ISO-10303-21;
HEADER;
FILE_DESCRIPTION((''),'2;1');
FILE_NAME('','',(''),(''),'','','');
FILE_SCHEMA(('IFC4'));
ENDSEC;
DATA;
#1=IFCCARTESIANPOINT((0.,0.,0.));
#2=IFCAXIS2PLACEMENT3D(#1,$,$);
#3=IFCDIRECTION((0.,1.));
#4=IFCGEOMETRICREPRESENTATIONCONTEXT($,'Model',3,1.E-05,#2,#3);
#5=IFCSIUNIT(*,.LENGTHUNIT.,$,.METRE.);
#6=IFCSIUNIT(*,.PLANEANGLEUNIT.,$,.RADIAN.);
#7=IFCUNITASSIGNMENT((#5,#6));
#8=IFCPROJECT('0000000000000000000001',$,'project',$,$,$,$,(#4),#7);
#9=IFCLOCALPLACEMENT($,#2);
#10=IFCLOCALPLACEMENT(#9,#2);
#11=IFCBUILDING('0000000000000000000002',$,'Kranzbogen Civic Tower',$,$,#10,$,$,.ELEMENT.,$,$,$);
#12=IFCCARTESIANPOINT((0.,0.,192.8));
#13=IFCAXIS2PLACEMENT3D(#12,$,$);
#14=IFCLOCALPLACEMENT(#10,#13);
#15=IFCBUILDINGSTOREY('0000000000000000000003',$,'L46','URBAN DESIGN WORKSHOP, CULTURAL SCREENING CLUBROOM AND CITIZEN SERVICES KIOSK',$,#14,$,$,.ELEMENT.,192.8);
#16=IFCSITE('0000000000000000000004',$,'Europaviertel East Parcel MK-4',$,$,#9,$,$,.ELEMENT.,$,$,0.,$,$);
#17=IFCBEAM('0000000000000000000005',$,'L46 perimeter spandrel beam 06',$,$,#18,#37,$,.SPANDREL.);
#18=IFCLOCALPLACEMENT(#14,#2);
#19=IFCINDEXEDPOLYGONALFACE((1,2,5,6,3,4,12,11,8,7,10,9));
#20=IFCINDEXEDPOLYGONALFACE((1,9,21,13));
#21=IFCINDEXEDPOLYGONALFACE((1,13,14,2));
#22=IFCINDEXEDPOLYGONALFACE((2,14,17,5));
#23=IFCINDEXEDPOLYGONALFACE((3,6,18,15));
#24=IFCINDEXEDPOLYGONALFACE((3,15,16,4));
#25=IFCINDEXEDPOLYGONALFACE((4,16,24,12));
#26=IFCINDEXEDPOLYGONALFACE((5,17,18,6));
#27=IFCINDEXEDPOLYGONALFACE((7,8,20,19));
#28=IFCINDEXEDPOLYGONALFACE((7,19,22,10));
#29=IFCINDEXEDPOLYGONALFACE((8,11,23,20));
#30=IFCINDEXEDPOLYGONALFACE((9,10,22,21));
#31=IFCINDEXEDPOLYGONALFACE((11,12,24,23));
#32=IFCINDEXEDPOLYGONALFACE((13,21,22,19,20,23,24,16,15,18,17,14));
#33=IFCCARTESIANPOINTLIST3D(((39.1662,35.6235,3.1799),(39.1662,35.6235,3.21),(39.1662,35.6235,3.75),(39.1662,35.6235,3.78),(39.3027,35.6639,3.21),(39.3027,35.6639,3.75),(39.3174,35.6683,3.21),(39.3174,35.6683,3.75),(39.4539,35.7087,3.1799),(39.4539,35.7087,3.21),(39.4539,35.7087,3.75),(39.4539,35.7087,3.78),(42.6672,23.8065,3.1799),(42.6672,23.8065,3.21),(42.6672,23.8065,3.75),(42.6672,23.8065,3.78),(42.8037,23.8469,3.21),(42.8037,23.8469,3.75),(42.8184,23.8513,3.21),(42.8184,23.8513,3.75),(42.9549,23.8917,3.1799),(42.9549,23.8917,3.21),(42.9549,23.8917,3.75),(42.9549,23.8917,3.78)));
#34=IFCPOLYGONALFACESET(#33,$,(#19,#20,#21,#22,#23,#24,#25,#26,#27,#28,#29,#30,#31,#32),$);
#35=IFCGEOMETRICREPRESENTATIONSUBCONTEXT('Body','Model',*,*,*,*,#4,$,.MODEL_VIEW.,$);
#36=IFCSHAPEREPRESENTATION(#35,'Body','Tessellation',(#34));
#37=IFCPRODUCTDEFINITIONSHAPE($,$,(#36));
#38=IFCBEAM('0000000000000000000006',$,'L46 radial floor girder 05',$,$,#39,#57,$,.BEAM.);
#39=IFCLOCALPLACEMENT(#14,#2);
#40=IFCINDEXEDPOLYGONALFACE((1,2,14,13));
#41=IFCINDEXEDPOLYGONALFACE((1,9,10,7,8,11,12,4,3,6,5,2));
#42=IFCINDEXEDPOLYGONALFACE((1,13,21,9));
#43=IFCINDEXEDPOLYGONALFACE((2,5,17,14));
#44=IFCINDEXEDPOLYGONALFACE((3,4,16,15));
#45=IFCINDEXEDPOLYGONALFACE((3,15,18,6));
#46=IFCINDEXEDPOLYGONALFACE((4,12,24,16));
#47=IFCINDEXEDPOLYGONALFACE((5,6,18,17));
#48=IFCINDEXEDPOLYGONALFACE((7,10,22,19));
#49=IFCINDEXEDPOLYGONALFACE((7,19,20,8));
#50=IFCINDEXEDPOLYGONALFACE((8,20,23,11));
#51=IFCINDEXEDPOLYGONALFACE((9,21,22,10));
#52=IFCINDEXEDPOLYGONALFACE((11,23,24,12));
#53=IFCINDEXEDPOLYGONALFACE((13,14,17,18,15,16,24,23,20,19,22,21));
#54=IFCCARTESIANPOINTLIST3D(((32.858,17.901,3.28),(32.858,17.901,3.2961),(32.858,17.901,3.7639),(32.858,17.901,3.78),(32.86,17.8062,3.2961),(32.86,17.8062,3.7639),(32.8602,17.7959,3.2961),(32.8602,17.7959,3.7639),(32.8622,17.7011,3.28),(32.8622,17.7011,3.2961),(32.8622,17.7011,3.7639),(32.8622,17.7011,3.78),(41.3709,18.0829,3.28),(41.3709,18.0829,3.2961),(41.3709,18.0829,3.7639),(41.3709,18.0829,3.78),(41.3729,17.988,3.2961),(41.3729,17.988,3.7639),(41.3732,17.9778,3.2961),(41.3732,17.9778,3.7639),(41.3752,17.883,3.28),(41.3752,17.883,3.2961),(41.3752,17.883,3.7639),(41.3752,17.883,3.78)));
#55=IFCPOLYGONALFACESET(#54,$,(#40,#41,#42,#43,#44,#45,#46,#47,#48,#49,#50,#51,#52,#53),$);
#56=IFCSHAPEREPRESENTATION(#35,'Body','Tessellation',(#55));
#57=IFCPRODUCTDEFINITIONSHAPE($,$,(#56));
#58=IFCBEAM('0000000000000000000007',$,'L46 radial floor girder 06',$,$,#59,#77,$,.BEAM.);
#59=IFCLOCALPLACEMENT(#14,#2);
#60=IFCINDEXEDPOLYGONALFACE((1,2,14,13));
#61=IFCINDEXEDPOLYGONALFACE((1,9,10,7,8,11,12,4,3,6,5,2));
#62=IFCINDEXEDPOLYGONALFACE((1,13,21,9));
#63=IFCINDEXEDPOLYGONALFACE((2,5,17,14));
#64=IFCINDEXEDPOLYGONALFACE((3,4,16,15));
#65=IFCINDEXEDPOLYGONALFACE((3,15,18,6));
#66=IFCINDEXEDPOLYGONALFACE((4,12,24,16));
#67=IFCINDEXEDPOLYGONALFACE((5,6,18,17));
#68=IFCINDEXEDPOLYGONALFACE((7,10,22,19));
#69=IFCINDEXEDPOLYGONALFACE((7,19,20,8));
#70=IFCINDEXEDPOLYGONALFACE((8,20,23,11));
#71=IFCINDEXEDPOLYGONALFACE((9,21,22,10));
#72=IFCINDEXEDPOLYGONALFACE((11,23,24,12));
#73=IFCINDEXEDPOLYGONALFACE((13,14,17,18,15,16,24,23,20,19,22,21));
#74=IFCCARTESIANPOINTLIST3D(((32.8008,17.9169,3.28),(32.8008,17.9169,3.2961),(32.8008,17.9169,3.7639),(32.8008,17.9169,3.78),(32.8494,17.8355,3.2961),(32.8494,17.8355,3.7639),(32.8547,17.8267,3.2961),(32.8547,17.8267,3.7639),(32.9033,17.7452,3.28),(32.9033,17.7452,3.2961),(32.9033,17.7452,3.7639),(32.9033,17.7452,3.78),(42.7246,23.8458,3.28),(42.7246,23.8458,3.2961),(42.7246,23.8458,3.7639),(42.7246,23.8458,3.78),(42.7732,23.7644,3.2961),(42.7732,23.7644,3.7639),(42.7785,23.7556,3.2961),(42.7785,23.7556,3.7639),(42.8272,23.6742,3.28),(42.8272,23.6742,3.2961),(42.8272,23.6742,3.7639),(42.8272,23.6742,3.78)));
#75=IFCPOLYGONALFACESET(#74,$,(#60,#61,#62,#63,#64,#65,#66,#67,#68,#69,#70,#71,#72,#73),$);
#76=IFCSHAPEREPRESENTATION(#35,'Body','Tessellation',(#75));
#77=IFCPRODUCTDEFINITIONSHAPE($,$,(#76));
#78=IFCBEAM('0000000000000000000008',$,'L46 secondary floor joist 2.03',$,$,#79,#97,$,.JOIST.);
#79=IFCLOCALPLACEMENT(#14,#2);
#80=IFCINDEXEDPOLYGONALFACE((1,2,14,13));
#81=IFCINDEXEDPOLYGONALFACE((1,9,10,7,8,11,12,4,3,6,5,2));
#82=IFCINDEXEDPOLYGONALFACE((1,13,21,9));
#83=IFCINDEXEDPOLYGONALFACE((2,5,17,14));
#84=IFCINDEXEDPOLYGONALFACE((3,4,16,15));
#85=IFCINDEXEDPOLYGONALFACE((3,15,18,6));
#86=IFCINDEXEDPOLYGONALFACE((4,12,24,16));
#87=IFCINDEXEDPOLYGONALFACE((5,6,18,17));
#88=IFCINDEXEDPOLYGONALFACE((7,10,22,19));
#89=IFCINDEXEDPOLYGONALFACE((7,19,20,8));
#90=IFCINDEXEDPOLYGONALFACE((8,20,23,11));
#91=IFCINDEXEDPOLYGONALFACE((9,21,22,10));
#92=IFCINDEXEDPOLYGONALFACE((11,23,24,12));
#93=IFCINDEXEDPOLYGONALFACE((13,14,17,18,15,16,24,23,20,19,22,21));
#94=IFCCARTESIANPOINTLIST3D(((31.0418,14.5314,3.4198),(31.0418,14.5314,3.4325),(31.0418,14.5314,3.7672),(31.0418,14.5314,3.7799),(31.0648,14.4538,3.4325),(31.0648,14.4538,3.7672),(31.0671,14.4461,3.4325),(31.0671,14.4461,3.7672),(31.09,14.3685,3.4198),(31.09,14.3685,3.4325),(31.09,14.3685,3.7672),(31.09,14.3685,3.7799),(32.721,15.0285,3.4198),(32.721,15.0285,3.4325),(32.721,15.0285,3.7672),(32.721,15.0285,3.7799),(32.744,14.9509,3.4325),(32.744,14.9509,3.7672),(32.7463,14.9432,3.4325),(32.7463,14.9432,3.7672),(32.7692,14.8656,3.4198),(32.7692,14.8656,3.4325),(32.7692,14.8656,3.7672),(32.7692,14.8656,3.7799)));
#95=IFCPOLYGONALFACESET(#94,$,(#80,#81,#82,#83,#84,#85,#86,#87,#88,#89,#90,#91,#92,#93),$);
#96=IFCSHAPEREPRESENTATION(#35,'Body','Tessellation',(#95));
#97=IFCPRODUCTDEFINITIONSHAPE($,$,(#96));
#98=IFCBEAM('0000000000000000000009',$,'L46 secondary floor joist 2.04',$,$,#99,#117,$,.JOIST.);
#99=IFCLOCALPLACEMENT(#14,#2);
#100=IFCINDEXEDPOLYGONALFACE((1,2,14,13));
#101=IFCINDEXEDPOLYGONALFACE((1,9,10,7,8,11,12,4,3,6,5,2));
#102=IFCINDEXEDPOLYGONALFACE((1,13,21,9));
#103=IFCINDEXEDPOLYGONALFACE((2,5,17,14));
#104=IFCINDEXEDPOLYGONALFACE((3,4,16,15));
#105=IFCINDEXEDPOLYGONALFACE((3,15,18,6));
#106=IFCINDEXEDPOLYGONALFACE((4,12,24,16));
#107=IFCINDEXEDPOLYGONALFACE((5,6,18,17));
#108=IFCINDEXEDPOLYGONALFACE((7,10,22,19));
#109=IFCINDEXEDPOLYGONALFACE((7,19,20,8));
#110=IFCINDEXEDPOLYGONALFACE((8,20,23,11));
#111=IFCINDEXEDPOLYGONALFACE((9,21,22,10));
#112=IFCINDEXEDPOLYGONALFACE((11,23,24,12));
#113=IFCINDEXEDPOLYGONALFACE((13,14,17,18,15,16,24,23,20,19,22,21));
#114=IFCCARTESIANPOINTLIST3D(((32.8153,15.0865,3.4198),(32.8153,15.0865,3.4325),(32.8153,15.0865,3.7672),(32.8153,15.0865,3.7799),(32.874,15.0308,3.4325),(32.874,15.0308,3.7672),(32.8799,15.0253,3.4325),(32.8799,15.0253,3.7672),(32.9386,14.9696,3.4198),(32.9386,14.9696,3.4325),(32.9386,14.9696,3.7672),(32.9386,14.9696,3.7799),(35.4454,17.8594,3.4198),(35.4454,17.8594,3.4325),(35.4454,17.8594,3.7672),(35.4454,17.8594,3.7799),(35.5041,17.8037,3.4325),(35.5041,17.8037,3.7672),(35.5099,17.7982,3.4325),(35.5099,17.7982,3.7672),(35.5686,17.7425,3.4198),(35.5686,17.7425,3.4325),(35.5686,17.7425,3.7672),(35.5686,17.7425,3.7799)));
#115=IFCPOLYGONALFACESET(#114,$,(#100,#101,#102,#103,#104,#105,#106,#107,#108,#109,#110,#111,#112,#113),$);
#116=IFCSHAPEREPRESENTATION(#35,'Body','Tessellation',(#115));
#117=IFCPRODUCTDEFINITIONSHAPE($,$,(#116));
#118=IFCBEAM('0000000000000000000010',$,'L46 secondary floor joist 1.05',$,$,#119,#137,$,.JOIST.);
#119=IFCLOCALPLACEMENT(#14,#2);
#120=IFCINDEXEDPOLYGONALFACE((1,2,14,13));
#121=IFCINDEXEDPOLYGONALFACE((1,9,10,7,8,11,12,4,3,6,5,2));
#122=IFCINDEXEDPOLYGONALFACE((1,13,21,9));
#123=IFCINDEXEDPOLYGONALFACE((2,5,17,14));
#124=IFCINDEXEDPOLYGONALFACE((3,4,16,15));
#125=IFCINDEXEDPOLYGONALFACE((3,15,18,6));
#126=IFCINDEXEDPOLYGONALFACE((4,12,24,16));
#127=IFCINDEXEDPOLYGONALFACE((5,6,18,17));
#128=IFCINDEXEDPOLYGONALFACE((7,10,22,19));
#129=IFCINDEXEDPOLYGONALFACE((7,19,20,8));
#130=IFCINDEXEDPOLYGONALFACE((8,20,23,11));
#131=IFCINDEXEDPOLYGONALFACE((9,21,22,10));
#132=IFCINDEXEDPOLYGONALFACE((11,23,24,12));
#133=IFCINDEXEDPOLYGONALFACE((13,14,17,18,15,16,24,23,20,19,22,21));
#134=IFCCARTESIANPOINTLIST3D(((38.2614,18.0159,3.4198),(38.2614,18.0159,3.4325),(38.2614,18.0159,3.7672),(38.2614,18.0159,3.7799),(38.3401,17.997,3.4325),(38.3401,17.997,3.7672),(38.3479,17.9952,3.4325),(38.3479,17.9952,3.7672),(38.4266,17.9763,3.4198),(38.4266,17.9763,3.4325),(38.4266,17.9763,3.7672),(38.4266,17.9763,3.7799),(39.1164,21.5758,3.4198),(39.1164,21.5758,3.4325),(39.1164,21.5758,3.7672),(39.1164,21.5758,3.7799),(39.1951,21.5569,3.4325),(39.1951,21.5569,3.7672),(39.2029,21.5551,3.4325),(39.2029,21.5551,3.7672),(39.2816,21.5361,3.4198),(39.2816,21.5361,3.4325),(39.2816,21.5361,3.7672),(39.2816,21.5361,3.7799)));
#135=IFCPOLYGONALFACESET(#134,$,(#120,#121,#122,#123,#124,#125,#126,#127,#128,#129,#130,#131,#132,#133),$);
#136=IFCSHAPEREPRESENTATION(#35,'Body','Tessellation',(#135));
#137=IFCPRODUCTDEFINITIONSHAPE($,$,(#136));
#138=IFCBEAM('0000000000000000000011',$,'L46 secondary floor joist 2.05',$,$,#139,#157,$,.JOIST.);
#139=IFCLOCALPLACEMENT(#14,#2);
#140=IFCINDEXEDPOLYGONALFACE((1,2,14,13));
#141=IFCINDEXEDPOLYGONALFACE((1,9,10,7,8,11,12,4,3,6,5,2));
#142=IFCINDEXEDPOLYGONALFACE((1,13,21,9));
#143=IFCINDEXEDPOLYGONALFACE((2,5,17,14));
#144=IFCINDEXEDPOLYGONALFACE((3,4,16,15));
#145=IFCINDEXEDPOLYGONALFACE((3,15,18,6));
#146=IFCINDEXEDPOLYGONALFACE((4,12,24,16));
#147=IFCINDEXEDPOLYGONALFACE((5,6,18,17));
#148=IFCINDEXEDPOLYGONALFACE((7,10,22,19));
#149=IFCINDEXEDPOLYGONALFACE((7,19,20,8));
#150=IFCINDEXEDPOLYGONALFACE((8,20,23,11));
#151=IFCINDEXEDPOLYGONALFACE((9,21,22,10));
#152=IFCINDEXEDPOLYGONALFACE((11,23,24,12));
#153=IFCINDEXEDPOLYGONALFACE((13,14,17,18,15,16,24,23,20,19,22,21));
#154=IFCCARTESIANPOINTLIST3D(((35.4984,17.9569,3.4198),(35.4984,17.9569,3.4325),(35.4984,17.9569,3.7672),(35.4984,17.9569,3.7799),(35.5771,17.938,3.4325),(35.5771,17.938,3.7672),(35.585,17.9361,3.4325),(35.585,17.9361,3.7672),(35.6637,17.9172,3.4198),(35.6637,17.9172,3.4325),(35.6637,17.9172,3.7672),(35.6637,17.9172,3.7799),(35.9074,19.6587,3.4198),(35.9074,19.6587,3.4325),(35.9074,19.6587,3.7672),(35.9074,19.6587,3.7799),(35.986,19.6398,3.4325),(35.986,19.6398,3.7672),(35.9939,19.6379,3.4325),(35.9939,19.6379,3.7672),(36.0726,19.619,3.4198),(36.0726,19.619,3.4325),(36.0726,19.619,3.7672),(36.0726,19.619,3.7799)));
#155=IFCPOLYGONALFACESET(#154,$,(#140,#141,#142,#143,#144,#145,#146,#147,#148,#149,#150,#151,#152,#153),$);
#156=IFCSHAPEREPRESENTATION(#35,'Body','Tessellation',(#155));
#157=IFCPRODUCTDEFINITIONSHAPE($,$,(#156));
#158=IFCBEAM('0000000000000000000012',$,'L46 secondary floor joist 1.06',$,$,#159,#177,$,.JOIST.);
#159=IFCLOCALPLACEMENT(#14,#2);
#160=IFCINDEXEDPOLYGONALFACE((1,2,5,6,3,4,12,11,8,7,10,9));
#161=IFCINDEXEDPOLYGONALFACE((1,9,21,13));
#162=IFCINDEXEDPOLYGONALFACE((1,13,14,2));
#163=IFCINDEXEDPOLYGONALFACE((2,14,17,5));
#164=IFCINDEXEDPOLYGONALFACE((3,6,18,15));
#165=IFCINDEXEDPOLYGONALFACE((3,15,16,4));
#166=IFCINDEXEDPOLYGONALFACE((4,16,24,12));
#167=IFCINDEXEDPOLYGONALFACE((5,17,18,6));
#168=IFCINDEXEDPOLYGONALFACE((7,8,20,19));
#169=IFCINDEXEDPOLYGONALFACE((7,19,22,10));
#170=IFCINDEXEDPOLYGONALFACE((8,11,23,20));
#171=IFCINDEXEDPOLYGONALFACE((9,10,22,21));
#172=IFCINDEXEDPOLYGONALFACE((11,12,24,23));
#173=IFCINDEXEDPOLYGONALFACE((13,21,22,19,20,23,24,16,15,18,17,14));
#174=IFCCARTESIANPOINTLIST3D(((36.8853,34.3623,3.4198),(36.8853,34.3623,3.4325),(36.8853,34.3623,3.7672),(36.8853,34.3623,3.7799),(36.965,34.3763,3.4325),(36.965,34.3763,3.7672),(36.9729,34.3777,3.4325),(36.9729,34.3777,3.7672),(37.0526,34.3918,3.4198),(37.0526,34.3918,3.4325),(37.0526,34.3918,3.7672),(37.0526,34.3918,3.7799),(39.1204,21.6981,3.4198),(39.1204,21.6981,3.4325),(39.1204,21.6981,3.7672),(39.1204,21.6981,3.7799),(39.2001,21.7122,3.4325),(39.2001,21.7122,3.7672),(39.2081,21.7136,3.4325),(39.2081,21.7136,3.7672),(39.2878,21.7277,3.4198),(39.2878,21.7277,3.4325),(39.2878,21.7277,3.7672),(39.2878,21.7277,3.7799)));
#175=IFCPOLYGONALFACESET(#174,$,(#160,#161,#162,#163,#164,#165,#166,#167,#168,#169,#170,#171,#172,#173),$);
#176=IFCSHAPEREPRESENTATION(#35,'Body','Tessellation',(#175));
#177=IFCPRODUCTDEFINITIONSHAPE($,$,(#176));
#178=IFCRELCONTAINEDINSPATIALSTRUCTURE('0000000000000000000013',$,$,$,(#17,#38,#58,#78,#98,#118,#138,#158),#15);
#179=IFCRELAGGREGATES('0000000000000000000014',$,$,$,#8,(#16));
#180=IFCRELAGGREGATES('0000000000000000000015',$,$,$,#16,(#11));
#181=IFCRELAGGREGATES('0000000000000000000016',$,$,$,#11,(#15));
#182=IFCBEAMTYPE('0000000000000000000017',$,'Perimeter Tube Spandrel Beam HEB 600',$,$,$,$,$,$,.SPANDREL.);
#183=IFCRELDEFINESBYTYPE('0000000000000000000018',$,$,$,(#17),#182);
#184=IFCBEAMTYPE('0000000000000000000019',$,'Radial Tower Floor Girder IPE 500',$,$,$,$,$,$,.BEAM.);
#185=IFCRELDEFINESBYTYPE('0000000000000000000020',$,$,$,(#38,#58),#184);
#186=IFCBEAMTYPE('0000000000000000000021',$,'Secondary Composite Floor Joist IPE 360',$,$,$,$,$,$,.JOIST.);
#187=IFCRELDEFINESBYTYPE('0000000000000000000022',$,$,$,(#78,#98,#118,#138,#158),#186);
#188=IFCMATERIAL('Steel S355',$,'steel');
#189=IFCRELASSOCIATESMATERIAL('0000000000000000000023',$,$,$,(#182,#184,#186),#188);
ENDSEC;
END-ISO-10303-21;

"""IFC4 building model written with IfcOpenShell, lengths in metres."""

from ifc_helpers import new_model, si_unit, direction, frame, origin, origin_2d, place, context, subcontext, project, spatial, i_section, extrude, material, material_profile, profile_set, type_object, element, save


model = new_model("IFC4")

# Units and contexts
model_context = context("Model", 3, precision=1e-05, world=origin(), true_north=direction((0.0, 1.0)))
body_context = subcontext(model_context, "Body", "Model", "MODEL_VIEW")
ifc_project = project(units=[si_unit("LENGTHUNIT", "METRE"), si_unit("PLANEANGLEUNIT", "RADIAN")], contexts=[model_context])

# Site, building, storey
site_placement = place(None, origin())
site = spatial("IfcSite", under=ifc_project, at=site_placement, Name="Europaviertel East Parcel MK-4", CompositionType="ELEMENT", RefElevation=0.0)
building_placement = place(site_placement, origin())
building = spatial("IfcBuilding", under=site, at=building_placement, Name="Kranzbogen Civic Tower", CompositionType="ELEMENT")
storey_placement = place(building_placement, frame((0.0, 0.0, 192.8)))
storey = spatial("IfcBuildingStorey", under=building, at=storey_placement, Name="L46", Description="URBAN DESIGN WORKSHOP, CULTURAL SCREENING CLUBROOM AND CITIZEN SERVICES KIOSK", CompositionType="ELEMENT", Elevation=192.8)

# Shared definitions
ifc_material_1 = material(Name="Steel S355", Category="steel")

# Beams
ifc_material_profile_1 = material_profile(ifc_material_1, i_section(OverallWidth=0.3, OverallDepth=0.6001, WebThickness=0.0154, FlangeThickness=0.03, at=origin_2d()), Name="HEB 600")
ifc_profile_set_1 = profile_set([ifc_material_profile_1], Name="Steel S355")
beam_type_1 = type_object("IfcBeamType", Name="Perimeter Tube Spandrel Beam HEB 600", PredefinedType="SPANDREL", material=ifc_profile_set_1)
beam_1_placement = place(storey_placement, frame((42.811, 23.8491, 3.48), z_axis=(-0.284064, 0.958805, 0.0), x_axis=(-0.958805, -0.284064, 0.0)))
element("IfcBeam", 1, at=beam_1_placement, inside=storey, type_object=beam_type_1, Name="L46 perimeter spandrel beam 06", PredefinedType="SPANDREL", context=body_context, shape_type="SweptSolid", body=[
    extrude(i_section(OverallWidth=0.3, OverallDepth=0.6001, WebThickness=0.0154, FlangeThickness=0.03, at=origin_2d()), origin(), (0.0, 0.0, 1.0), 12.3247),
])
ifc_material_profile_2 = material_profile(ifc_material_1, i_section(OverallWidth=0.2, OverallDepth=0.5, WebThickness=0.0103, FlangeThickness=0.0161, at=origin_2d()), Name="IPE 500")
ifc_profile_set_2 = profile_set([ifc_material_profile_2], Name="Steel S355")
beam_type_2 = type_object("IfcBeamType", Name="Radial Tower Floor Girder IPE 500", PredefinedType="BEAM", material=ifc_profile_set_2)
beam_2_placement = place(storey_placement, frame((41.373, 17.9829, 3.53), z_axis=(-0.999772, -0.021361, 0.0), x_axis=(0.021361, -0.999772, 0.0)))
element("IfcBeam", 2, at=beam_2_placement, inside=storey, type_object=beam_type_2, Name="L46 radial floor girder 05", PredefinedType="BEAM", context=body_context, shape_type="SweptSolid", body=[
    extrude(i_section(OverallWidth=0.2, OverallDepth=0.5, WebThickness=0.0103, FlangeThickness=0.0161, at=origin_2d()), origin(), (0.0, 0.0, 1.0), 8.5149),
])
beam_3_placement = place(storey_placement, frame((42.7759, 23.76, 3.53), z_axis=(-0.858459, -0.512883, 0.0), x_axis=(0.512883, -0.858459, 0.0)))
element("IfcBeam", 3, at=beam_3_placement, inside=storey, type_object=beam_type_2, Name="L46 radial floor girder 06", PredefinedType="BEAM", context=body_context, shape_type="SweptSolid", body=[
    extrude(i_section(OverallWidth=0.2, OverallDepth=0.5, WebThickness=0.0103, FlangeThickness=0.0161, at=origin_2d()), origin(), (0.0, 0.0, 1.0), 11.5601),
])
ifc_material_profile_3 = material_profile(ifc_material_1, i_section(OverallWidth=0.1699, OverallDepth=0.3601, WebThickness=0.0081, FlangeThickness=0.0127, at=origin_2d()), Name="IPE 360")
ifc_profile_set_3 = profile_set([ifc_material_profile_3], Name="Steel S355")
beam_type_3 = type_object("IfcBeamType", Name="Secondary Composite Floor Joist IPE 360", PredefinedType="JOIST", material=ifc_profile_set_3)
beam_4_placement = place(storey_placement, frame((31.0659, 14.45, 3.5999), z_axis=(0.958871, 0.283841, 0.0), x_axis=(-0.283841, 0.958871, 0.0)))
element("IfcBeam", 4, at=beam_4_placement, inside=storey, type_object=beam_type_3, Name="L46 secondary floor joist 2.03", PredefinedType="JOIST", context=body_context, shape_type="SweptSolid", body=[
    extrude(i_section(OverallWidth=0.1699, OverallDepth=0.3601, WebThickness=0.0081, FlangeThickness=0.0127, at=origin_2d()), origin(), (0.0, 0.0, 1.0), 1.7512),
])
beam_5_placement = place(storey_placement, frame((32.877, 15.0281, 3.5999), z_axis=(0.688175, 0.725545, 0.0), x_axis=(-0.725545, 0.688175, 0.0)))
element("IfcBeam", 5, at=beam_5_placement, inside=storey, type_object=beam_type_3, Name="L46 secondary floor joist 2.04", PredefinedType="JOIST", context=body_context, shape_type="SweptSolid", body=[
    extrude(i_section(OverallWidth=0.1699, OverallDepth=0.3601, WebThickness=0.0081, FlangeThickness=0.0127, at=origin_2d()), origin(), (0.0, 0.0, 1.0), 3.8218),
])
beam_6_placement = place(storey_placement, frame((38.344, 17.9961, 3.5999), z_axis=(0.233534, 0.972349, 0.0), x_axis=(-0.972349, 0.233534, 0.0)))
element("IfcBeam", 6, at=beam_6_placement, inside=storey, type_object=beam_type_3, Name="L46 secondary floor joist 1.05", PredefinedType="JOIST", context=body_context, shape_type="SweptSolid", body=[
    extrude(i_section(OverallWidth=0.1699, OverallDepth=0.3601, WebThickness=0.0081, FlangeThickness=0.0127, at=origin_2d()), origin(), (0.0, 0.0, 1.0), 3.6611),
])
beam_7_placement = place(storey_placement, frame((35.5811, 17.937, 3.5999), z_axis=(0.233631, 0.972325, 0.0), x_axis=(-0.972325, 0.233631, 0.0)))
element("IfcBeam", 7, at=beam_7_placement, inside=storey, type_object=beam_type_3, Name="L46 secondary floor joist 2.05", PredefinedType="JOIST", context=body_context, shape_type="SweptSolid", body=[
    extrude(i_section(OverallWidth=0.1699, OverallDepth=0.3601, WebThickness=0.0081, FlangeThickness=0.0127, at=origin_2d()), origin(), (0.0, 0.0, 1.0), 1.7502),
])
beam_8_placement = place(storey_placement, frame((39.2041, 21.7129, 3.5999), z_axis=(-0.173806, 0.98478, 0.0), x_axis=(-0.98478, -0.173806, 0.0)))
element("IfcBeam", 8, at=beam_8_placement, inside=storey, type_object=beam_type_3, Name="L46 secondary floor joist 1.06", PredefinedType="JOIST", context=body_context, shape_type="SweptSolid", body=[
    extrude(i_section(OverallWidth=0.1699, OverallDepth=0.3601, WebThickness=0.0081, FlangeThickness=0.0127, at=origin_2d()), origin(), (0.0, 0.0, 1.0), 12.8599),
])

save(model, "model.ifc")
